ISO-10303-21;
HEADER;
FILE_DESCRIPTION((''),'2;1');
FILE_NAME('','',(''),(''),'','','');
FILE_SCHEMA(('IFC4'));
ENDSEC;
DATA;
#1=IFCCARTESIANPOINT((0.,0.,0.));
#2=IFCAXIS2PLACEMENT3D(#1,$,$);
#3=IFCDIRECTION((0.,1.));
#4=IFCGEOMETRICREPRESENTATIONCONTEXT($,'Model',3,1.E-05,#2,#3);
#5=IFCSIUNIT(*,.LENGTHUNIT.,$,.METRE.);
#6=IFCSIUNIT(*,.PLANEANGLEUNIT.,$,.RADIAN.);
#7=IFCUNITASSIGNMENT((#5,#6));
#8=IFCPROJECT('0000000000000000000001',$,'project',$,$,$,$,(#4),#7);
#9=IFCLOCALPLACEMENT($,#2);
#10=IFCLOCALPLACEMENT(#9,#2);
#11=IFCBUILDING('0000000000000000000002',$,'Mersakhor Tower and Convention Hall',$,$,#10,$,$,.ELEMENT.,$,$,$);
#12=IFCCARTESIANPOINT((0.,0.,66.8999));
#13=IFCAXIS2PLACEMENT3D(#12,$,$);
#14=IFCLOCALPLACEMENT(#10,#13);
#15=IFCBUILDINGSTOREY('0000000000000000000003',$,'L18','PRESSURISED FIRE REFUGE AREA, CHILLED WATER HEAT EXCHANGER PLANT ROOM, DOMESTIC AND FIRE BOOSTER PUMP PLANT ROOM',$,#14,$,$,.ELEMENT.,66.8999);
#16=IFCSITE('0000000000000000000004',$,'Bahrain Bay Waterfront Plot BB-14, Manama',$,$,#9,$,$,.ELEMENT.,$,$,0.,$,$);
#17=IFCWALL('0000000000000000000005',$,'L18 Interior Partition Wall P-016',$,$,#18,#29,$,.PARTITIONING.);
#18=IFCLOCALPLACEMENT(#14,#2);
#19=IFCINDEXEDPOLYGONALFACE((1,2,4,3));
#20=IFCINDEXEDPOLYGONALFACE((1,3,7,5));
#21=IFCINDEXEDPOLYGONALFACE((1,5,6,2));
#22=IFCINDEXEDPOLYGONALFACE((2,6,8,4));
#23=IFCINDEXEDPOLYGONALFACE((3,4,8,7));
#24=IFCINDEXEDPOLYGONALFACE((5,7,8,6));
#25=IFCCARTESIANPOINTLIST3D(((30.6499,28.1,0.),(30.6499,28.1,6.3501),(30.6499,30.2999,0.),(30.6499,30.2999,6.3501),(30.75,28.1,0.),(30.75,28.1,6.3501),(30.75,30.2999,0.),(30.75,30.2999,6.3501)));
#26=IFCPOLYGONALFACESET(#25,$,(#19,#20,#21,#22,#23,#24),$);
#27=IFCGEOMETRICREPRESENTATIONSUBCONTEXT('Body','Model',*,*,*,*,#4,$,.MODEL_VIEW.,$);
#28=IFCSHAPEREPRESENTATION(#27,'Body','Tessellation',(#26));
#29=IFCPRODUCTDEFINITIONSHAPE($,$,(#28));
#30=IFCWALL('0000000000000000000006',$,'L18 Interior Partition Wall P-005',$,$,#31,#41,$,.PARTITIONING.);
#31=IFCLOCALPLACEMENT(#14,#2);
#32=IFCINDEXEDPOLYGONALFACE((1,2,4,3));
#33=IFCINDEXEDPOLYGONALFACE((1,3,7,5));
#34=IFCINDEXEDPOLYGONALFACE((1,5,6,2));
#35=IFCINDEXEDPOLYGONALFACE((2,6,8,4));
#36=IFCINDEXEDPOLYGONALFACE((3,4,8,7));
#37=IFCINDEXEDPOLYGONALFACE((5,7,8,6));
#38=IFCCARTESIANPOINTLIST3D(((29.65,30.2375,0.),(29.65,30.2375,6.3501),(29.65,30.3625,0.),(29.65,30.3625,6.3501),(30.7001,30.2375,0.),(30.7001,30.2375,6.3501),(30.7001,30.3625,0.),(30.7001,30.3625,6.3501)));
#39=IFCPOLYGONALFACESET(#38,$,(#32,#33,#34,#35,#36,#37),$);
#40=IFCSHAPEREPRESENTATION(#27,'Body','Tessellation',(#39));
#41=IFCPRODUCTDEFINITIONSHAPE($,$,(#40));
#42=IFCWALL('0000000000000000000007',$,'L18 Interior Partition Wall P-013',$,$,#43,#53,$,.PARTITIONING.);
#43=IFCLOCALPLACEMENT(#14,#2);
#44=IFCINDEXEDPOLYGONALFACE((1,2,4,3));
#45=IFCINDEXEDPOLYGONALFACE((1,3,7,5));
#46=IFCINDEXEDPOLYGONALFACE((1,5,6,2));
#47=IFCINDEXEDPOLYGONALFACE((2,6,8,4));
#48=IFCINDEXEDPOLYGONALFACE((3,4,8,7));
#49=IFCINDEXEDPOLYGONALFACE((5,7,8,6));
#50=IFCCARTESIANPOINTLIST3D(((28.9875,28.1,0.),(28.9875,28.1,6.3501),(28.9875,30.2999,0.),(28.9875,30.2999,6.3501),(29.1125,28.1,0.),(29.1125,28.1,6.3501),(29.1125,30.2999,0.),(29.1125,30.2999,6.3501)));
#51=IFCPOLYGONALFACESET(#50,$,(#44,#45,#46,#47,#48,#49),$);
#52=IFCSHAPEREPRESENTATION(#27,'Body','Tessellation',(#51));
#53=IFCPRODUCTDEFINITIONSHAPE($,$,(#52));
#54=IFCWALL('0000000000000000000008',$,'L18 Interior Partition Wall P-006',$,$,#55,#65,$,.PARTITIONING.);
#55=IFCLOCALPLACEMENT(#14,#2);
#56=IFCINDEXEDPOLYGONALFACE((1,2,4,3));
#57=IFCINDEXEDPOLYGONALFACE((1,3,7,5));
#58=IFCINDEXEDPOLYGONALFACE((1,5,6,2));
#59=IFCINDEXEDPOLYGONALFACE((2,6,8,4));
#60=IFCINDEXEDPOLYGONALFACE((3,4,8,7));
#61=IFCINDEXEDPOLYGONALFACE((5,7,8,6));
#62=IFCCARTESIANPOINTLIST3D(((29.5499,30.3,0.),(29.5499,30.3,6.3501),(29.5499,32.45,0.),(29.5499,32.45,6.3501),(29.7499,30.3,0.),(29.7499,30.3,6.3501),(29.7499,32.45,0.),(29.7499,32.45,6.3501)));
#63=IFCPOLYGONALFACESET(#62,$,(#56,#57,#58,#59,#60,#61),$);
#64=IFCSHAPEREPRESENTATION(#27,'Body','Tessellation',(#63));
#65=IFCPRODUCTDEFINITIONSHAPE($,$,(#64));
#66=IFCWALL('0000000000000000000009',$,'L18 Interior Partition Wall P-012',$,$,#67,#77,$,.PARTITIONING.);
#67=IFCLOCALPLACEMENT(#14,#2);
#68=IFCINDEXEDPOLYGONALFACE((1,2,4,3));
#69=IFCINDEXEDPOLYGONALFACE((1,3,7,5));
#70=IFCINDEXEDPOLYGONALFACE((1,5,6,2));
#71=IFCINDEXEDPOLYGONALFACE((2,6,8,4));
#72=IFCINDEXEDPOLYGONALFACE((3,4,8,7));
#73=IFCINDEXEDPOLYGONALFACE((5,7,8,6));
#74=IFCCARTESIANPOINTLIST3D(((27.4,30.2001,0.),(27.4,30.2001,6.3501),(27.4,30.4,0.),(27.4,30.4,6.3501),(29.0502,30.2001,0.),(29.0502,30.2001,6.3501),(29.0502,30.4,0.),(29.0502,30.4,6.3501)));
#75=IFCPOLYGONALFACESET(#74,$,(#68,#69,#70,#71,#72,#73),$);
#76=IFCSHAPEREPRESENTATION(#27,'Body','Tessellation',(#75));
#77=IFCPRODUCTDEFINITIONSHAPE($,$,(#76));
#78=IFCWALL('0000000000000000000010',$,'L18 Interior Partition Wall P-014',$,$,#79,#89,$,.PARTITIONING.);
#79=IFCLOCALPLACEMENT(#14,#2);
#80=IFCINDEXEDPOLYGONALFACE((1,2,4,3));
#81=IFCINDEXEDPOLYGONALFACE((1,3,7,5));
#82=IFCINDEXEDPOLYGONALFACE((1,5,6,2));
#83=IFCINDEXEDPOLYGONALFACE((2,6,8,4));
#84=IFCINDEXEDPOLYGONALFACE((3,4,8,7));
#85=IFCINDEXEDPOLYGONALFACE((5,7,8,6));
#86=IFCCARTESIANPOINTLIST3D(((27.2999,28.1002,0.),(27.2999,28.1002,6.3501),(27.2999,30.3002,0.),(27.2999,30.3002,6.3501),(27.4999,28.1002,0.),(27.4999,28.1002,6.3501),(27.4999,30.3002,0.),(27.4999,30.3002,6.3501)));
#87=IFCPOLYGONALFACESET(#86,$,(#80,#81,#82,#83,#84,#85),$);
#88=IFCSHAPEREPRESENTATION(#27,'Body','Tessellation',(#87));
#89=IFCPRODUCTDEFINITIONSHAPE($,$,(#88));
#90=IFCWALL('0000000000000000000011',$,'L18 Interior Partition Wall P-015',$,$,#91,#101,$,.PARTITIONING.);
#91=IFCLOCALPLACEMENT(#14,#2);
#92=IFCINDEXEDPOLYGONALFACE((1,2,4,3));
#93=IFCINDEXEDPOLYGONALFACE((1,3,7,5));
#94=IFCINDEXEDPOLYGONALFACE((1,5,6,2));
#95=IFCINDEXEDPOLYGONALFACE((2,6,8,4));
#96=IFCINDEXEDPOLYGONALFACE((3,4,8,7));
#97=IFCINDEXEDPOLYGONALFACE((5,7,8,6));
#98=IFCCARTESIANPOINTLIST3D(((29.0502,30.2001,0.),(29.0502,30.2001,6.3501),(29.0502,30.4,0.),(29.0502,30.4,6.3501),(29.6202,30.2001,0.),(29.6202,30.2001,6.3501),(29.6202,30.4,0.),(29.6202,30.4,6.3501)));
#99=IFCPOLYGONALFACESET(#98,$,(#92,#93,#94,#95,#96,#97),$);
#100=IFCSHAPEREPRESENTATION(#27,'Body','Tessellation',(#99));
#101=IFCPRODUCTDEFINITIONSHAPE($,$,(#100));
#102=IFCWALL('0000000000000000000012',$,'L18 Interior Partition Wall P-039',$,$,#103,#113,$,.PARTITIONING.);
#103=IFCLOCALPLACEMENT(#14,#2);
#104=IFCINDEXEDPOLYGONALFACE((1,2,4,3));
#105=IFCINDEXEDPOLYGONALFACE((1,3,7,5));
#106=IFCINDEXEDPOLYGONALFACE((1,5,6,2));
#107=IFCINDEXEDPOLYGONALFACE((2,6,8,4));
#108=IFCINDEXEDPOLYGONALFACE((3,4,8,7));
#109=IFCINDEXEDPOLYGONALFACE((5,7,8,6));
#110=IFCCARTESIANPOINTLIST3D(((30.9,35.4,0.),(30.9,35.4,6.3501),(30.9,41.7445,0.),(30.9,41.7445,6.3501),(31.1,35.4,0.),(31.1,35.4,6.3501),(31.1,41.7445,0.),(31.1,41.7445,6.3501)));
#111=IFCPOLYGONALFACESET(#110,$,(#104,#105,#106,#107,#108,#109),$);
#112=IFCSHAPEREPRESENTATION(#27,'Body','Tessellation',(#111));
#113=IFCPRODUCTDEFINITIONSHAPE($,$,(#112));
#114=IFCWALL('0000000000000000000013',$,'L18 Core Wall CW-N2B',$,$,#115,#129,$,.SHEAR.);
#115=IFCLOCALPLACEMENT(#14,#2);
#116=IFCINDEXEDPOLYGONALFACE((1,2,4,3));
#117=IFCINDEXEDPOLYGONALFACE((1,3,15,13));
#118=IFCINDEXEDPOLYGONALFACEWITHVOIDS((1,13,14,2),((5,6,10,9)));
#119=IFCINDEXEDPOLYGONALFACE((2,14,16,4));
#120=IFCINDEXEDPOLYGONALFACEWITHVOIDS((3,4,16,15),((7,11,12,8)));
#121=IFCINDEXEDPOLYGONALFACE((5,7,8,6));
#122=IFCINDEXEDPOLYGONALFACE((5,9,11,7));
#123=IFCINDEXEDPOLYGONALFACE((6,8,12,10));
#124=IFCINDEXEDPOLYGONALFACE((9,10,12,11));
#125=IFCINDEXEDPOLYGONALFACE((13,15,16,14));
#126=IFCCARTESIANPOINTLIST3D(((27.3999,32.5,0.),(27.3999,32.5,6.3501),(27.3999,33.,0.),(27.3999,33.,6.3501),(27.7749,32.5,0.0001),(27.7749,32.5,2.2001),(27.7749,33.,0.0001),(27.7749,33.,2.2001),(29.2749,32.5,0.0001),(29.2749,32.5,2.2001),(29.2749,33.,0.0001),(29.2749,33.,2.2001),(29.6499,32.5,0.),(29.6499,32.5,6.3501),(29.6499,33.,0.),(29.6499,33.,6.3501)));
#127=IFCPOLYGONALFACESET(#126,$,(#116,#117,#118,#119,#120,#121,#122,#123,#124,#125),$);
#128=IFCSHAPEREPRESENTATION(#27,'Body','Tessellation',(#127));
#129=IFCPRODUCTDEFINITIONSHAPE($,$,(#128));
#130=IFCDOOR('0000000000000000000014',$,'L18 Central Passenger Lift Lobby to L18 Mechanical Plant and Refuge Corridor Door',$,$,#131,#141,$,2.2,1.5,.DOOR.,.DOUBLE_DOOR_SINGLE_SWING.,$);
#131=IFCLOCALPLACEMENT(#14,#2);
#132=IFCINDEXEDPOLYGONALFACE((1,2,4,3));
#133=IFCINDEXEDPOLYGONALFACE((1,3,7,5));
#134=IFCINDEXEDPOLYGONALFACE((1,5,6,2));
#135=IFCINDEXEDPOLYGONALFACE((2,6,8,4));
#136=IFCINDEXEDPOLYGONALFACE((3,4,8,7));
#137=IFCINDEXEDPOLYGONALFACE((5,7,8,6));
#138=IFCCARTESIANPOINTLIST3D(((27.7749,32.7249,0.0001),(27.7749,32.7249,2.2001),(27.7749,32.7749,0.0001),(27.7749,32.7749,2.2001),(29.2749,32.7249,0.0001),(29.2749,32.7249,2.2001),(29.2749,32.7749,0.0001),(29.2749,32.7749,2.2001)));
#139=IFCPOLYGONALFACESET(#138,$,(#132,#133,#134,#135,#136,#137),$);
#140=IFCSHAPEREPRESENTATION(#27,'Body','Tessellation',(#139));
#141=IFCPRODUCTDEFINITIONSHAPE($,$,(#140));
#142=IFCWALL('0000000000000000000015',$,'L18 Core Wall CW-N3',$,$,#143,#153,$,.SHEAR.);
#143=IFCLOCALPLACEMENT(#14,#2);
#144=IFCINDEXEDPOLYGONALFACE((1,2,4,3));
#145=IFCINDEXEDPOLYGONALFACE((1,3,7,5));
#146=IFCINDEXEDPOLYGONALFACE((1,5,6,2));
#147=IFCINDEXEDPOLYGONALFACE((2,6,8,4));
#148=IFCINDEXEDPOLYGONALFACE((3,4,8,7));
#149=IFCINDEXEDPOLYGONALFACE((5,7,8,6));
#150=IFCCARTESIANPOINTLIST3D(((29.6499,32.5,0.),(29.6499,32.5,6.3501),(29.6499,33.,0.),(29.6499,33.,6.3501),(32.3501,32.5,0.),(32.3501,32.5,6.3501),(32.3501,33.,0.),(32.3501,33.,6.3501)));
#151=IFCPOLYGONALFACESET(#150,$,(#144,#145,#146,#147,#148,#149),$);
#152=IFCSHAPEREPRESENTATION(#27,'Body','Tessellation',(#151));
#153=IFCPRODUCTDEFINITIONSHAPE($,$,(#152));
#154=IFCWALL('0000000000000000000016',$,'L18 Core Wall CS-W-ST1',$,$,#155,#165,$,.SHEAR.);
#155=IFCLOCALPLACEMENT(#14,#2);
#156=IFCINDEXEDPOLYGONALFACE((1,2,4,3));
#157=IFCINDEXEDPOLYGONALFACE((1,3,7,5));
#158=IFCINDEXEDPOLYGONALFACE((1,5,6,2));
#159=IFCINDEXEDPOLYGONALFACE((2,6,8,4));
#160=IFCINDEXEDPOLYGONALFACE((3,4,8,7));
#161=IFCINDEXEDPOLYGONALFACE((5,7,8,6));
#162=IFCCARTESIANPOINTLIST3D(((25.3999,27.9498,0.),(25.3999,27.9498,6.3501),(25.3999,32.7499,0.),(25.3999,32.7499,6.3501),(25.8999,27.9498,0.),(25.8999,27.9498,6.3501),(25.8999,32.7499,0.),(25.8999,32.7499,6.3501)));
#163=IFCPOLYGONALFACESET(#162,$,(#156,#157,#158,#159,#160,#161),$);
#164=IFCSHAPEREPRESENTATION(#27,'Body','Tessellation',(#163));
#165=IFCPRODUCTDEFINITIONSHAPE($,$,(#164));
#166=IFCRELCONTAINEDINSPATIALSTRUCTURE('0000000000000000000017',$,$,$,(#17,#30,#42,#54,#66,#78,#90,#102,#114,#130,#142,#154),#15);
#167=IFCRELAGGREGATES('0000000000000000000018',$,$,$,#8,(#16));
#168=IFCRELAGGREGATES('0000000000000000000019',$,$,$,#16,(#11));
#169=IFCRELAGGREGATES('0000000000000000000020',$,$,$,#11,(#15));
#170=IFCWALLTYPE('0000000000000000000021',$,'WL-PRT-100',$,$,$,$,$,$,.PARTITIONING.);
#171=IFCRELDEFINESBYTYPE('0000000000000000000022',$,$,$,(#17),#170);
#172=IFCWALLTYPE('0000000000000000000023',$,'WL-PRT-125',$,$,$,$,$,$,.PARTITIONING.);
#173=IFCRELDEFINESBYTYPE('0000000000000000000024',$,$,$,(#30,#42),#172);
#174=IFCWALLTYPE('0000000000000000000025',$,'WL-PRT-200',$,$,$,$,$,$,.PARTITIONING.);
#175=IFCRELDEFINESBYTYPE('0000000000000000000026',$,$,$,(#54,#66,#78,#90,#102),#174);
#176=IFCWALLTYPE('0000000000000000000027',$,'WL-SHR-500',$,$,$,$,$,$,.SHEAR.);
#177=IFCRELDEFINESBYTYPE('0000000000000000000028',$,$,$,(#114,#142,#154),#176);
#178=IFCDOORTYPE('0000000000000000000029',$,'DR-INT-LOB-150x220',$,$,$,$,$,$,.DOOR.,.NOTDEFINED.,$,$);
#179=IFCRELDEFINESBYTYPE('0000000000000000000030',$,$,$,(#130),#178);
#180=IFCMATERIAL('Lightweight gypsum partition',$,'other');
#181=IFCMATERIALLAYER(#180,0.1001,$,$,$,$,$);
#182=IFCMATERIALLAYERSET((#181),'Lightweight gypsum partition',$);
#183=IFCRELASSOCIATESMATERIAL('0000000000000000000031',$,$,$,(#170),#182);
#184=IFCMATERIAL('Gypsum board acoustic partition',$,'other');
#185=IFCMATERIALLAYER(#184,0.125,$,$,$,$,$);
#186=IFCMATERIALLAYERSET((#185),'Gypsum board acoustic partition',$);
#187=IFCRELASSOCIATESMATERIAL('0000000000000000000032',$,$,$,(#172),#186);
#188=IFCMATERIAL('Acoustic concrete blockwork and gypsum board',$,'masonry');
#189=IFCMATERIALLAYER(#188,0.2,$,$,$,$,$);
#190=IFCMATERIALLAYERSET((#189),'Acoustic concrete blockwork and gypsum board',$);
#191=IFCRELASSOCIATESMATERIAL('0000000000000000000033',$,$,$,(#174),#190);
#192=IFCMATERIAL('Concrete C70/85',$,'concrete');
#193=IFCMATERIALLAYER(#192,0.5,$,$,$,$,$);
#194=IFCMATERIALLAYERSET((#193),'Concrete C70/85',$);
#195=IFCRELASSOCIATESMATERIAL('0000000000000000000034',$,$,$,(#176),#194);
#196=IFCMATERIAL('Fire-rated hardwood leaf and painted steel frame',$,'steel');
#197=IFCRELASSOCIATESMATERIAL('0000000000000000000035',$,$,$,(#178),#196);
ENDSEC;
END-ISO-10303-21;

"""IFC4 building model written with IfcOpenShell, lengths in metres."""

from ifc_helpers import new_model, si_unit, direction, frame, frame_2d, origin, place, context, subcontext, project, spatial, rectangle, extrude, material, layer, layer_set, type_object, element, fill, save


model = new_model("IFC4")

# Units and contexts
model_context = context("Model", 3, precision=1e-05, world=origin(), true_north=direction((0.0, 1.0)))
body_context = subcontext(model_context, "Body", "Model", "MODEL_VIEW")
ifc_project = project(units=[si_unit("LENGTHUNIT", "METRE"), si_unit("PLANEANGLEUNIT", "RADIAN")], contexts=[model_context])

# Site, building, storey
site_placement = place(None, origin())
site = spatial("IfcSite", under=ifc_project, at=site_placement, Name="Bahrain Bay Waterfront Plot BB-14, Manama", CompositionType="ELEMENT", RefElevation=0.0)
building_placement = place(site_placement, origin())
building = spatial("IfcBuilding", under=site, at=building_placement, Name="Mersakhor Tower and Convention Hall", CompositionType="ELEMENT")
storey_placement = place(building_placement, frame((0.0, 0.0, 66.8999)))
storey = spatial("IfcBuildingStorey", under=building, at=storey_placement, Name="L18", Description="PRESSURISED FIRE REFUGE AREA, CHILLED WATER HEAT EXCHANGER PLANT ROOM, DOMESTIC AND FIRE BOOSTER PUMP PLANT ROOM", CompositionType="ELEMENT", Elevation=66.8999)

# Walls
ifc_material_1 = material(Name="Lightweight gypsum partition", Category="other")
ifc_layer_1 = layer(ifc_material_1, 0.1001)
ifc_layer_set_1 = layer_set([ifc_layer_1], Name="Lightweight gypsum partition")
wall_type_1 = type_object("IfcWallType", Name="WL-PRT-100", PredefinedType="PARTITIONING", material=ifc_layer_set_1)
wall_1_placement = place(storey_placement, frame((30.7, 30.3, 0.0), z_axis=(0.0, 0.0, 1.0), x_axis=(0.0, -1.0, 0.0)))
element("IfcWall", 1, at=wall_1_placement, inside=storey, type_object=wall_type_1, Name="L18 Interior Partition Wall P-016", PredefinedType="PARTITIONING", context=body_context, shape_type="SweptSolid", body=[
    extrude(rectangle(XDim=2.2, YDim=0.1001, at=frame_2d((1.1001, 0.0))), origin(), (0.0, 0.0, 1.0), 6.3501),
])
ifc_material_2 = material(Name="Gypsum board acoustic partition", Category="other")
ifc_layer_2 = layer(ifc_material_2, 0.125)
ifc_layer_set_2 = layer_set([ifc_layer_2], Name="Gypsum board acoustic partition")
wall_type_2 = type_object("IfcWallType", Name="WL-PRT-125", PredefinedType="PARTITIONING", material=ifc_layer_set_2)
wall_2_placement = place(storey_placement, frame((30.7, 30.3, 0.0), z_axis=(0.0, 0.0, 1.0), x_axis=(-1.0, 0.0, 0.0)))
element("IfcWall", 2, at=wall_2_placement, inside=storey, type_object=wall_type_2, Name="L18 Interior Partition Wall P-005", PredefinedType="PARTITIONING", context=body_context, shape_type="SweptSolid", body=[
    extrude(rectangle(XDim=1.05, YDim=0.125, at=frame_2d((0.5249, 0.0))), origin(), (0.0, 0.0, 1.0), 6.3501),
])
wall_3_placement = place(storey_placement, frame((29.05, 30.3, 0.0), z_axis=(0.0, 0.0, 1.0), x_axis=(0.0, -1.0, 0.0)))
element("IfcWall", 3, at=wall_3_placement, inside=storey, type_object=wall_type_2, Name="L18 Interior Partition Wall P-013", PredefinedType="PARTITIONING", context=body_context, shape_type="SweptSolid", body=[
    extrude(rectangle(XDim=2.2, YDim=0.125, at=frame_2d((1.1001, 0.0))), origin(), (0.0, 0.0, 1.0), 6.3501),
])

# Shared definitions
ifc_material_3 = material(Name="Acoustic concrete blockwork and gypsum board", Category="masonry")
ifc_layer_3 = layer(ifc_material_3, 0.2)
ifc_layer_set_3 = layer_set([ifc_layer_3], Name="Acoustic concrete blockwork and gypsum board")
wall_type_3 = type_object("IfcWallType", Name="WL-PRT-200", PredefinedType="PARTITIONING", material=ifc_layer_set_3)

# Walls
wall_4_placement = place(storey_placement, frame((29.6499, 30.3, 0.0), z_axis=(0.0, 0.0, 1.0), x_axis=(0.0, 1.0, 0.0)))
element("IfcWall", 4, at=wall_4_placement, inside=storey, type_object=wall_type_3, Name="L18 Interior Partition Wall P-006", PredefinedType="PARTITIONING", context=body_context, shape_type="SweptSolid", body=[
    extrude(rectangle(XDim=2.1499, YDim=0.2, at=frame_2d((1.075, 0.0))), origin(), (0.0, 0.0, 1.0), 6.3501),
])
wall_5_placement = place(storey_placement, frame((27.3999, 30.3, 0.0), z_axis=(0.0, 0.0, 1.0), x_axis=(1.0, 0.0, 0.0)))
element("IfcWall", 5, at=wall_5_placement, inside=storey, type_object=wall_type_3, Name="L18 Interior Partition Wall P-012", PredefinedType="PARTITIONING", context=body_context, shape_type="SweptSolid", body=[
    extrude(rectangle(XDim=1.6501, YDim=0.2, at=frame_2d((0.8252, 0.0))), origin(), (0.0, 0.0, 1.0), 6.3501),
])
wall_6_placement = place(storey_placement, frame((27.3999, 28.1001, 0.0), z_axis=(0.0, 0.0, 1.0), x_axis=(0.0, 1.0, 0.0)))
element("IfcWall", 6, at=wall_6_placement, inside=storey, type_object=wall_type_3, Name="L18 Interior Partition Wall P-014", PredefinedType="PARTITIONING", context=body_context, shape_type="SweptSolid", body=[
    extrude(rectangle(XDim=2.2, YDim=0.2, at=frame_2d((1.1001, 0.0))), origin(), (0.0, 0.0, 1.0), 6.3501),
])
wall_7_placement = place(storey_placement, frame((29.05, 30.3, 0.0), z_axis=(0.0, 0.0, 1.0), x_axis=(1.0, 0.0, 0.0)))
element("IfcWall", 7, at=wall_7_placement, inside=storey, type_object=wall_type_3, Name="L18 Interior Partition Wall P-015", PredefinedType="PARTITIONING", context=body_context, shape_type="SweptSolid", body=[
    extrude(rectangle(XDim=0.5701, YDim=0.2, at=frame_2d((0.2852, 0.0))), origin(), (0.0, 0.0, 1.0), 6.3501),
])

# Wall
wall_8_placement = place(storey_placement, frame((31.0, 35.3999, 0.0), z_axis=(0.0, 0.0, 1.0), x_axis=(0.0, 1.0, 0.0)))
element("IfcWall", 8, at=wall_8_placement, inside=storey, type_object=wall_type_3, Name="L18 Interior Partition Wall P-039", PredefinedType="PARTITIONING", context=body_context, shape_type="SweptSolid", body=[
    extrude(rectangle(XDim=6.3445, YDim=0.2, at=frame_2d((3.1724, 0.0))), origin(), (0.0, 0.0, 1.0), 6.3501),
])

# Wall, opening, door
ifc_material_4 = material(Name="Concrete C70/85", Category="concrete")
ifc_layer_4 = layer(ifc_material_4, 0.5)
ifc_layer_set_4 = layer_set([ifc_layer_4], Name="Concrete C70/85")
wall_type_4 = type_object("IfcWallType", Name="WL-SHR-500", PredefinedType="SHEAR", material=ifc_layer_set_4)
wall_9_placement = place(storey_placement, frame((27.3999, 32.75, 0.0), z_axis=(0.0, 0.0, 1.0), x_axis=(1.0, 0.0, 0.0)))
wall_9 = element("IfcWall", 9, at=wall_9_placement, inside=storey, type_object=wall_type_4, Name="L18 Core Wall CW-N2B", PredefinedType="SHEAR", context=body_context, shape_type="SweptSolid", body=[
    extrude(rectangle(XDim=2.25, YDim=0.5, at=frame_2d((1.125, 0.0))), origin(), (0.0, 0.0, 1.0), 6.3501),
])
opening_1_placement = place(wall_9_placement, frame((0.375, 0.0, 0.0)))
opening_1 = element("IfcOpeningElement", 10, at=opening_1_placement, cuts=wall_9, PredefinedType="OPENING", context=body_context, shape_type="SweptSolid", body=[
    extrude(rectangle(XDim=1.5, YDim=2.2, at=frame_2d((0.75, 1.1001))), frame((0.0, 0.26, 0.0), z_axis=(0.0, -1.0, 0.0), x_axis=(1.0, 0.0, 0.0)), (0.0, 0.0, 1.0), 0.52),
])
ifc_material_5 = material(Name="Fire-rated hardwood leaf and painted steel frame", Category="steel")
door_type_1 = type_object("IfcDoorType", Name="DR-INT-LOB-150x220", OperationType="NOTDEFINED", PredefinedType="DOOR", material=ifc_material_5)
door_1_placement = place(opening_1_placement, origin())
door_1 = element("IfcDoor", 11, at=door_1_placement, inside=storey, type_object=door_type_1, Name="L18 Central Passenger Lift Lobby to L18 Mechanical Plant and Refuge Corridor Door", OperationType="DOUBLE_DOOR_SINGLE_SWING", OverallHeight=2.2, OverallWidth=1.5, PredefinedType="DOOR", context=body_context, shape_type="SweptSolid", body=[
    extrude(rectangle(XDim=1.5, YDim=2.2, at=frame_2d((0.75, 1.1001))), frame((0.0, 0.0249, 0.0), z_axis=(0.0, -1.0, 0.0), x_axis=(1.0, 0.0, 0.0)), (0.0, 0.0, 1.0), 0.05),
])
fill(opening_1, door_1)

# Walls
wall_10_placement = place(storey_placement, frame((29.6499, 32.75, 0.0), z_axis=(0.0, 0.0, 1.0), x_axis=(1.0, 0.0, 0.0)))
element("IfcWall", 12, at=wall_10_placement, inside=storey, type_object=wall_type_4, Name="L18 Core Wall CW-N3", PredefinedType="SHEAR", context=body_context, shape_type="SweptSolid", body=[
    extrude(rectangle(XDim=2.7002, YDim=0.5, at=frame_2d((1.3501, 0.0))), origin(), (0.0, 0.0, 1.0), 6.3501),
])
wall_11_placement = place(storey_placement, frame((25.6499, 27.95, 0.0), z_axis=(0.0, 0.0, 1.0), x_axis=(0.0, 1.0, 0.0)))
element("IfcWall", 13, at=wall_11_placement, inside=storey, type_object=wall_type_4, Name="L18 Core Wall CS-W-ST1", PredefinedType="SHEAR", context=body_context, shape_type="SweptSolid", body=[
    extrude(rectangle(XDim=4.8, YDim=0.5, at=frame_2d((2.3999, 0.0))), origin(), (0.0, 0.0, 1.0), 6.3501),
])

save(model, "model.ifc")
